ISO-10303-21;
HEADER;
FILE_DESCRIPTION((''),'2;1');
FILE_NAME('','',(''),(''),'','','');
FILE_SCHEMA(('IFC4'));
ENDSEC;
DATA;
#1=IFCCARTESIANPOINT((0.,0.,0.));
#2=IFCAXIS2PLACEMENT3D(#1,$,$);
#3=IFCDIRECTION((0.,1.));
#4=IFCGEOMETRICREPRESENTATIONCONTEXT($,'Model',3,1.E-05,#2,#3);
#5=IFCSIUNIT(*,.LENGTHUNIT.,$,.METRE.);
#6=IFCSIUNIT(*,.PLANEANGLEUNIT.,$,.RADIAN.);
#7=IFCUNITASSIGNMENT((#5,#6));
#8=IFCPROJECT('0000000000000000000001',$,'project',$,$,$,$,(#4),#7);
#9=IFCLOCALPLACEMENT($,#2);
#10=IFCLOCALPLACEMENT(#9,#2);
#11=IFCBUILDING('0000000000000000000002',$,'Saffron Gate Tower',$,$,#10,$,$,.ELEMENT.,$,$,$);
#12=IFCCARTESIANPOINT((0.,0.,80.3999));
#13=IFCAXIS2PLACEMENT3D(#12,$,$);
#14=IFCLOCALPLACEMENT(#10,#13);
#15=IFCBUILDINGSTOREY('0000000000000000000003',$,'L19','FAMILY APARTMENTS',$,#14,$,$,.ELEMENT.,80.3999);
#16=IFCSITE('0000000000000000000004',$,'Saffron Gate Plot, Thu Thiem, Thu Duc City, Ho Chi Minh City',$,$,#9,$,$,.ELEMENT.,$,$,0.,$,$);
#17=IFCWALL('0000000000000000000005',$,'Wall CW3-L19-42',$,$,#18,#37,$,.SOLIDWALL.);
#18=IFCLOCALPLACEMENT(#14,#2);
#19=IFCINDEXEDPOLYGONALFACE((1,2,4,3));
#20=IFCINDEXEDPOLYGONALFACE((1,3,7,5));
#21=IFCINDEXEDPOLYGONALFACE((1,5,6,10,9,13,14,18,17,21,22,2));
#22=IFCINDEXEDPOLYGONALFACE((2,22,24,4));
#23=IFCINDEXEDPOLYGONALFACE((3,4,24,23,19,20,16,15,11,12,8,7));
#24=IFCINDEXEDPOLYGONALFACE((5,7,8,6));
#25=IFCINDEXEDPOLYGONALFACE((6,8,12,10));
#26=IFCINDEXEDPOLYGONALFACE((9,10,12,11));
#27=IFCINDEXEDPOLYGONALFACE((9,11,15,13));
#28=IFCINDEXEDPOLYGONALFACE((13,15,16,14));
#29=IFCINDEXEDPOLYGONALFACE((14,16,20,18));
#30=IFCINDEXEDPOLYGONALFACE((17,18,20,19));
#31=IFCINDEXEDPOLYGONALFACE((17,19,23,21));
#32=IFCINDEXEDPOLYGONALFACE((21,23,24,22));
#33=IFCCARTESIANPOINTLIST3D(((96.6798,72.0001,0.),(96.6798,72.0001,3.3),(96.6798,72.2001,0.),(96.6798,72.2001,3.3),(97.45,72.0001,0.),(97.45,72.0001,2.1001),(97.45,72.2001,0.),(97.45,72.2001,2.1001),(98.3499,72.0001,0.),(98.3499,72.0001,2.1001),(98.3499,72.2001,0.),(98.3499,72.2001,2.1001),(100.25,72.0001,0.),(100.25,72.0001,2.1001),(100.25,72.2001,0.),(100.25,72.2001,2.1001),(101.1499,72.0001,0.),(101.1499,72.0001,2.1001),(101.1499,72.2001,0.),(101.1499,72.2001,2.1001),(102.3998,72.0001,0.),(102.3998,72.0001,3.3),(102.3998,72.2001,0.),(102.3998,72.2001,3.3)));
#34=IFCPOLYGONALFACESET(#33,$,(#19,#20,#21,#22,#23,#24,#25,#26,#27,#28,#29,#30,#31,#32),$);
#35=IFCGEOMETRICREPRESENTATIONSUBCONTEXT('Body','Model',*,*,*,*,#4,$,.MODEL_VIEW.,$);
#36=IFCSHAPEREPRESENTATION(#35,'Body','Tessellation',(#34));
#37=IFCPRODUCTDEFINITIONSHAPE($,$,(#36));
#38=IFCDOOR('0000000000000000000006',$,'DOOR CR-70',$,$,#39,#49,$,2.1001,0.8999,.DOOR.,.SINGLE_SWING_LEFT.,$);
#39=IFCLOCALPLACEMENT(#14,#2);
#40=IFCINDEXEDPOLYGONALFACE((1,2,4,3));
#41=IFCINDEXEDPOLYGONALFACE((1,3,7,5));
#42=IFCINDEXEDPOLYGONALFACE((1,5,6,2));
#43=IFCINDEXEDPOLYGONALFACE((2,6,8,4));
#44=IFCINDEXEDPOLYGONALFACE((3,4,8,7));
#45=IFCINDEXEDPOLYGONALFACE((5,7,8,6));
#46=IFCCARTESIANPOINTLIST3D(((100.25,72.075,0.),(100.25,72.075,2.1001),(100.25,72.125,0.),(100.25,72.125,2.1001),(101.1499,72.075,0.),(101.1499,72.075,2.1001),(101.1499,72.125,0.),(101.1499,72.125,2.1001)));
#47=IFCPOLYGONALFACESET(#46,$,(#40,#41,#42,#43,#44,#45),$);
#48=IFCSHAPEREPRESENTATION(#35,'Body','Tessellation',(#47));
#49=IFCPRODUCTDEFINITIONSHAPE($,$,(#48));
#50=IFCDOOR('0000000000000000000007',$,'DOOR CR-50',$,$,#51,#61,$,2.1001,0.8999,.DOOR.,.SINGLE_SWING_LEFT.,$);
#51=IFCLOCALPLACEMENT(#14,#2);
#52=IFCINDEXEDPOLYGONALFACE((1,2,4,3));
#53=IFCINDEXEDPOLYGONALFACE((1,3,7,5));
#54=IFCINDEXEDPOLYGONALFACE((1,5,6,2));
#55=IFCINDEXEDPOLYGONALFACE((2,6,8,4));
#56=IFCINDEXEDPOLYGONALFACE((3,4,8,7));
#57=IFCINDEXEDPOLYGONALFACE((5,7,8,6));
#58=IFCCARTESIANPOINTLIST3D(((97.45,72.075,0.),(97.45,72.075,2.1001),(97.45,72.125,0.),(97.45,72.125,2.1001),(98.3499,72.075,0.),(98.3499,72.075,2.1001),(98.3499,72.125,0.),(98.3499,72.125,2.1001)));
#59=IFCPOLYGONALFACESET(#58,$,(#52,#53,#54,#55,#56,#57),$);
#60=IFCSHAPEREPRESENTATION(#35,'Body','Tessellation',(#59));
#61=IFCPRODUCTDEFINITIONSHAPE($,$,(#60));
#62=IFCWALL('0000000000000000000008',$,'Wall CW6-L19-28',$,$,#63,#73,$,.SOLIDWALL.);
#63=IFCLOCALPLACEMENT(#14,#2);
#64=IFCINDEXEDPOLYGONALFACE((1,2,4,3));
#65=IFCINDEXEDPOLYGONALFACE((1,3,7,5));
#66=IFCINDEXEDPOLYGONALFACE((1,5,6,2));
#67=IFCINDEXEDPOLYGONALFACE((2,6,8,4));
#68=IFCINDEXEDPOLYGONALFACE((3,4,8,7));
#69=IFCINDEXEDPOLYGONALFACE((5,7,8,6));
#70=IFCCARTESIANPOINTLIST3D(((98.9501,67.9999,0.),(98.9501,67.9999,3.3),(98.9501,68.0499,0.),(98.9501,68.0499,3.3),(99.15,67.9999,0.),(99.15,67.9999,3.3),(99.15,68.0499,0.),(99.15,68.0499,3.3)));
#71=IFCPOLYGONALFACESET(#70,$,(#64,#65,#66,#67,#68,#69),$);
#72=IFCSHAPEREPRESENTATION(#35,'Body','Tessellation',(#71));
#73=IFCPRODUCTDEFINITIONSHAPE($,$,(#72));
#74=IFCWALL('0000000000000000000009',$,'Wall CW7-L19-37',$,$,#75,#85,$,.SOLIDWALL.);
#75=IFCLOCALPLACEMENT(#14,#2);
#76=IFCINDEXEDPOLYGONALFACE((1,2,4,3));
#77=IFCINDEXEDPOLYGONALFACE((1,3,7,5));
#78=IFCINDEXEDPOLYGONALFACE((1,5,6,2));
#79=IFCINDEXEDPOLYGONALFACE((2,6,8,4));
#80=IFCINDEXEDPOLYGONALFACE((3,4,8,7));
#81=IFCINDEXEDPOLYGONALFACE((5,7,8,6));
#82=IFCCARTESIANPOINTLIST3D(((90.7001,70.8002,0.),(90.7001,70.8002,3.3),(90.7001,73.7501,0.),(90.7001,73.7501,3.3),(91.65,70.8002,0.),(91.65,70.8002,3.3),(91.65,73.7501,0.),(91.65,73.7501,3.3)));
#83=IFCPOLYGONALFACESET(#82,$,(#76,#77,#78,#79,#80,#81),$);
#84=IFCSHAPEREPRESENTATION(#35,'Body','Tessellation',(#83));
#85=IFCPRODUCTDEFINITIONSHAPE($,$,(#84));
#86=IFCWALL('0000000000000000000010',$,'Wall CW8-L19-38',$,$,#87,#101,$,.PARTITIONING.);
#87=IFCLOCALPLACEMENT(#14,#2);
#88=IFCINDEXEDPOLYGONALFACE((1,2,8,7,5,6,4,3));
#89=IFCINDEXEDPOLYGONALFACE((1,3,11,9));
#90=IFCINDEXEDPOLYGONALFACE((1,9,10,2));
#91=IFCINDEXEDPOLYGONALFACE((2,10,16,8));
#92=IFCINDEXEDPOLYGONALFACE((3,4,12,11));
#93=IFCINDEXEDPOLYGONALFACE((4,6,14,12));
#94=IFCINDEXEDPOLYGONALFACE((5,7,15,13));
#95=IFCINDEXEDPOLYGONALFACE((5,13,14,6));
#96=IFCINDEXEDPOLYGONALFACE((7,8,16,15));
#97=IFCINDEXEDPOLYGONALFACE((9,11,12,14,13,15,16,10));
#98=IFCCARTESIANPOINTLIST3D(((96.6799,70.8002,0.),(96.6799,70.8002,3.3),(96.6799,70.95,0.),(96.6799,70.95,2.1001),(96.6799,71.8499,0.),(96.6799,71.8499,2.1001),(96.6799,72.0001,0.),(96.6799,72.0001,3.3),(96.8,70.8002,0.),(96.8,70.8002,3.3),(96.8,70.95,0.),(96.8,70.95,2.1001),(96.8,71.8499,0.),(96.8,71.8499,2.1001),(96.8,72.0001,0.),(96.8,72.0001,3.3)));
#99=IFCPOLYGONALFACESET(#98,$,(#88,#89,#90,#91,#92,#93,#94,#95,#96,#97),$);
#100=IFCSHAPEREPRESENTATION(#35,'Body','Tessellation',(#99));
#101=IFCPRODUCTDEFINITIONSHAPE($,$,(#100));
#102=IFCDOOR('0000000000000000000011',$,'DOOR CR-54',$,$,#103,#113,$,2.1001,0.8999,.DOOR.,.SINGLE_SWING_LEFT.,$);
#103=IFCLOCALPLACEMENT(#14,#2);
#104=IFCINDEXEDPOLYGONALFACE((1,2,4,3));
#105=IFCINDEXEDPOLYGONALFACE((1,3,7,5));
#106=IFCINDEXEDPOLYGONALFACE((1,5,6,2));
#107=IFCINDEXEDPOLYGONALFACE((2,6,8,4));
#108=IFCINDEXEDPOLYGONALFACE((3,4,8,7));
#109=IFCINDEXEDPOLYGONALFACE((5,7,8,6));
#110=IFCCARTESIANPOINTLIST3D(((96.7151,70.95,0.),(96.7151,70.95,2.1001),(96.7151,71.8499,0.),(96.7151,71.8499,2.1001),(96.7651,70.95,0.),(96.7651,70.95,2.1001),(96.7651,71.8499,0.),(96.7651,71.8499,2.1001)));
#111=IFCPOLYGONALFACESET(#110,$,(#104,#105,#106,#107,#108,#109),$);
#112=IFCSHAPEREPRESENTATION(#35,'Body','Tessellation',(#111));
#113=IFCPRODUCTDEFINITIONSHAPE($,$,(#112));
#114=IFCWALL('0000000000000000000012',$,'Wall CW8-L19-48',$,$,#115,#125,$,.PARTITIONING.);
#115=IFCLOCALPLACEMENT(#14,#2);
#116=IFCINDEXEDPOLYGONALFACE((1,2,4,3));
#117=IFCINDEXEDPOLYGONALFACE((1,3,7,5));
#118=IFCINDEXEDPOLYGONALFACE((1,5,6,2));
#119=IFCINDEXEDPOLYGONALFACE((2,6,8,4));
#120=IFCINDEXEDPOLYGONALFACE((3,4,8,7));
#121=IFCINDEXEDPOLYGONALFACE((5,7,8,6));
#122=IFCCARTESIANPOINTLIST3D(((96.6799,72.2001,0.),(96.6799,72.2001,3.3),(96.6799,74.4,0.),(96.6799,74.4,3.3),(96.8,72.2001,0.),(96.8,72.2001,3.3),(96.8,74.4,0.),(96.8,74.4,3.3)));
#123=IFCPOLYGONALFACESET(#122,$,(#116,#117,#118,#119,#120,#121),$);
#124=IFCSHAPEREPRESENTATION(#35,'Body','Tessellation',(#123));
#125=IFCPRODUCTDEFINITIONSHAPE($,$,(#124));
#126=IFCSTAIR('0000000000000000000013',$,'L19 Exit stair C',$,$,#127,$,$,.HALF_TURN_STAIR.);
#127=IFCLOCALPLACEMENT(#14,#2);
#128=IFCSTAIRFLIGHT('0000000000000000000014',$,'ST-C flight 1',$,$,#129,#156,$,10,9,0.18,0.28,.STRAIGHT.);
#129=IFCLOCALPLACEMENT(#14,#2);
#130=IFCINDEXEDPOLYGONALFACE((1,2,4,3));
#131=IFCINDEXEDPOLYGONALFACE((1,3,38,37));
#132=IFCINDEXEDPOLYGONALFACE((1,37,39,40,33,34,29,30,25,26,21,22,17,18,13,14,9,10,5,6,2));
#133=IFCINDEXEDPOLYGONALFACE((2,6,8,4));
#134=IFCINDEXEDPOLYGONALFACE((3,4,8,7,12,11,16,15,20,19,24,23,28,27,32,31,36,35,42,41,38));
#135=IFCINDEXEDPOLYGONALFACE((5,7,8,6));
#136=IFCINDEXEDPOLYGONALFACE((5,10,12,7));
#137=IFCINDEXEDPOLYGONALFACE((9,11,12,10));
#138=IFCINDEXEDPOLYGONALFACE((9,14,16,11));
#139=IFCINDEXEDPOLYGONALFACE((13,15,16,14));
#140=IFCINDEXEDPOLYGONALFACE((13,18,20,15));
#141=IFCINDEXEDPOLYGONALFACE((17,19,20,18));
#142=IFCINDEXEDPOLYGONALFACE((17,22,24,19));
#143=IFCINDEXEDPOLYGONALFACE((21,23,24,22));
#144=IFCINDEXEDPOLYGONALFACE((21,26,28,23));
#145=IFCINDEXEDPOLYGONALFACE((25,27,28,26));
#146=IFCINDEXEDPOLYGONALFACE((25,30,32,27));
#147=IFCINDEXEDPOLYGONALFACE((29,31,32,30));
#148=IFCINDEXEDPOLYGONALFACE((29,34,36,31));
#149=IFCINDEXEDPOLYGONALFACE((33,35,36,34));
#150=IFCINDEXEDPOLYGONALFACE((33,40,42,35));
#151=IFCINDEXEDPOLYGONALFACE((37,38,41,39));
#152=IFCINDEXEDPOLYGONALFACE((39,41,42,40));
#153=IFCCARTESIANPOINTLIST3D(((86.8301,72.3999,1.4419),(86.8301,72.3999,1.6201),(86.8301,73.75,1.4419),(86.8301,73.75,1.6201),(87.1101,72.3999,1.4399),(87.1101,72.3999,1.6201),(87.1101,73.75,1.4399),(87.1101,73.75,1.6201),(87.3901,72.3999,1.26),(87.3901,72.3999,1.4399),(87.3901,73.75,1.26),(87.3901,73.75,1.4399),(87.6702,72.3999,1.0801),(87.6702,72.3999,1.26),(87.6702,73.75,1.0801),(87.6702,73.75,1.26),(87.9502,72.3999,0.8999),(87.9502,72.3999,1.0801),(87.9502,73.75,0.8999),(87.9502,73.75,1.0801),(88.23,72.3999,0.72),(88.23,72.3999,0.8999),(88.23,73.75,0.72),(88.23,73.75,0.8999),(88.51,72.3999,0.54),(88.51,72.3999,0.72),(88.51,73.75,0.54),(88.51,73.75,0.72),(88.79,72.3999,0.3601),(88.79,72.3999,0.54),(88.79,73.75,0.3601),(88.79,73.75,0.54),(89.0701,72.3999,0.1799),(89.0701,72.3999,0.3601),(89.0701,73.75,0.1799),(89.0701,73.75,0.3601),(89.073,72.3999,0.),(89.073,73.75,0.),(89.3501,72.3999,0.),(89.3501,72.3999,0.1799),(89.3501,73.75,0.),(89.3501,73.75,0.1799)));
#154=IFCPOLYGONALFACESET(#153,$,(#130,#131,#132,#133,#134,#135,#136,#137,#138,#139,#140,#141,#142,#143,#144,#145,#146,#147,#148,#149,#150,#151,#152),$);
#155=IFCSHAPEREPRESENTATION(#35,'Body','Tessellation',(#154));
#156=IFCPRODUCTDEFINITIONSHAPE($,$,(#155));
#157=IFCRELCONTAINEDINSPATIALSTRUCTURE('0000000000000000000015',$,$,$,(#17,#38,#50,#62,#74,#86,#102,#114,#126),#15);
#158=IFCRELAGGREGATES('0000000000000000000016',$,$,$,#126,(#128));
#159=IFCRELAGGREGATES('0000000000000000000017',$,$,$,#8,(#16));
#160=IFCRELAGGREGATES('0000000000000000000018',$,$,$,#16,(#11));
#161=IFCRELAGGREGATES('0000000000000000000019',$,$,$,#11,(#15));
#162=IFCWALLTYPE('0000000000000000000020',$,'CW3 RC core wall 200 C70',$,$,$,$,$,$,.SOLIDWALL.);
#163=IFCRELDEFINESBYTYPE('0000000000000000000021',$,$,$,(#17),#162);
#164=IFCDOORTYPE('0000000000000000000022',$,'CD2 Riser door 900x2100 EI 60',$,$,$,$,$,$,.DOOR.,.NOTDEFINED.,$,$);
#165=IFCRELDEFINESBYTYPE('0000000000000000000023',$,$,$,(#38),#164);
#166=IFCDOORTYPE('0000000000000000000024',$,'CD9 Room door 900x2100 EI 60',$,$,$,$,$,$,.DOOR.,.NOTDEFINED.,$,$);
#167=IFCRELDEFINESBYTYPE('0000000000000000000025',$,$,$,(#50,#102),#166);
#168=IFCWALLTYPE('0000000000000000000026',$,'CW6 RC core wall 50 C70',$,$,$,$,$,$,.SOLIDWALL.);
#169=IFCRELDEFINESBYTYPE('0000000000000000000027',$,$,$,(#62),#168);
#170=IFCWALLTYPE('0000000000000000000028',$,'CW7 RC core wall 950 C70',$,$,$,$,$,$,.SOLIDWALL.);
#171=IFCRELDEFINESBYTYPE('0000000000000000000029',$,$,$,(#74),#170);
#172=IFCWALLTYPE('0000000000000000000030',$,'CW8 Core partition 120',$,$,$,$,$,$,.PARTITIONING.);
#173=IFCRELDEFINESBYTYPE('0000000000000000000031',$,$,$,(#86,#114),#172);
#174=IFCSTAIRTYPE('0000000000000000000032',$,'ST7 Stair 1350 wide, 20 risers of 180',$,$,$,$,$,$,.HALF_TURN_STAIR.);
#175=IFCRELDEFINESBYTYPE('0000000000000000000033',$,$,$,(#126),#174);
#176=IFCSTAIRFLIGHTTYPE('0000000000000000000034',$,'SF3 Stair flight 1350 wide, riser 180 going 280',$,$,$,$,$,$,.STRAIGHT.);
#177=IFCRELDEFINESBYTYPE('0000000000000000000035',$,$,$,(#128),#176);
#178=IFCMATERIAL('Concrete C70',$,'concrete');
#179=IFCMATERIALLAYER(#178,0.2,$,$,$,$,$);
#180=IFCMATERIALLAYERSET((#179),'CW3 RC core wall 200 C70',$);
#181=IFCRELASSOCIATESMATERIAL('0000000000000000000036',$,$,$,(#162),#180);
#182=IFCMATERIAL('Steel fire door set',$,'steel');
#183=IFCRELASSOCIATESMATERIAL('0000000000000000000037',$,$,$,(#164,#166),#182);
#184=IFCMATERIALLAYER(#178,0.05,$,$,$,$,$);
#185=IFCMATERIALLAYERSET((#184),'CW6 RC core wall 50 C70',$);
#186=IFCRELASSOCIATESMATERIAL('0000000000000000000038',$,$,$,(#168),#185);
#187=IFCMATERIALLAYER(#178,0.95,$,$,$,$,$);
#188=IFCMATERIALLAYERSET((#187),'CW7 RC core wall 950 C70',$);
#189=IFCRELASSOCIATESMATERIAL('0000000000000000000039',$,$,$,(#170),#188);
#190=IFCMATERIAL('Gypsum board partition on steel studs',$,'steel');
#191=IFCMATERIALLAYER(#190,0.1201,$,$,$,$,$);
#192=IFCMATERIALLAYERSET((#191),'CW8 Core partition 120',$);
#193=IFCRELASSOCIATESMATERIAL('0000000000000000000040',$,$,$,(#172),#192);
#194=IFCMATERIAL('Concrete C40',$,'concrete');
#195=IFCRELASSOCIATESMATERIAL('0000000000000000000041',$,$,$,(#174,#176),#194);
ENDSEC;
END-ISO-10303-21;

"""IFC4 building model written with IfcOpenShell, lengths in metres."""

from ifc_helpers import new_model, si_unit, direction, frame, frame_2d, origin, place, context, subcontext, project, spatial, polyline, rectangle, outline, extrude, material, layer, layer_set, type_object, element, fill, aggregate, save


model = new_model("IFC4")

# Units and contexts
model_context = context("Model", 3, precision=1e-05, world=origin(), true_north=direction((0.0, 1.0)))
body_context = subcontext(model_context, "Body", "Model", "MODEL_VIEW")
ifc_project = project(units=[si_unit("LENGTHUNIT", "METRE"), si_unit("PLANEANGLEUNIT", "RADIAN")], contexts=[model_context])

# Site, building, storey
site_placement = place(None, origin())
site = spatial("IfcSite", under=ifc_project, at=site_placement, Name="Saffron Gate Plot, Thu Thiem, Thu Duc City, Ho Chi Minh City", CompositionType="ELEMENT", RefElevation=0.0)
building_placement = place(site_placement, origin())
building = spatial("IfcBuilding", under=site, at=building_placement, Name="Saffron Gate Tower", CompositionType="ELEMENT")
storey_placement = place(building_placement, frame((0.0, 0.0, 80.3999)))
storey = spatial("IfcBuildingStorey", under=building, at=storey_placement, Name="L19", Description="FAMILY APARTMENTS", CompositionType="ELEMENT", Elevation=80.3999)

# Shared definitions
ifc_material_1 = material(Name="Gypsum board partition on steel studs", Category="steel")
ifc_material_2 = material(Name="Concrete C70", Category="concrete")

# Shared definitions
ifc_material_3 = material(Name="Steel fire door set", Category="steel")

# Shared definitions
ifc_layer_1 = layer(ifc_material_2, 0.2)
ifc_layer_set_1 = layer_set([ifc_layer_1], Name="CW3 RC core wall 200 C70")
wall_type_1 = type_object("IfcWallType", Name="CW3 RC core wall 200 C70", PredefinedType="SOLIDWALL", material=ifc_layer_set_1)

# Shared definitions
door_type_1 = type_object("IfcDoorType", Name="CD2 Riser door 900x2100 EI 60", OperationType="NOTDEFINED", PredefinedType="DOOR", material=ifc_material_3)

# Wall, openings, doors
wall_1_placement = place(storey_placement, frame((96.6799, 72.1001, 0.0), z_axis=(0.0, 0.0, 1.0), x_axis=(1.0, 0.0, 0.0)))
wall_1 = element("IfcWall", 1, at=wall_1_placement, inside=storey, type_object=wall_type_1, Name="Wall CW3-L19-42", PredefinedType="SOLIDWALL", context=body_context, shape_type="SweptSolid", body=[
    extrude(rectangle(XDim=5.72, YDim=0.2, at=frame_2d((2.8599, 0.0))), origin(), (0.0, 0.0, 1.0), 3.3),
])
opening_1_placement = place(wall_1_placement, frame((0.77, 0.0, 0.0)))
opening_1 = element("IfcOpeningElement", 2, at=opening_1_placement, cuts=wall_1, PredefinedType="OPENING", context=body_context, shape_type="SweptSolid", body=[
    extrude(rectangle(XDim=0.8999, YDim=2.1001, at=frame_2d((0.45, 1.05))), frame((0.0, 0.1099, 0.0), z_axis=(0.0, -1.0, 0.0), x_axis=(1.0, 0.0, 0.0)), (0.0, 0.0, 1.0), 0.22),
])
opening_2_placement = place(wall_1_placement, frame((3.5701, 0.0, 0.0)))
opening_2 = element("IfcOpeningElement", 3, at=opening_2_placement, cuts=wall_1, PredefinedType="OPENING", context=body_context, shape_type="SweptSolid", body=[
    extrude(rectangle(XDim=0.8999, YDim=2.1001, at=frame_2d((0.45, 1.05))), frame((0.0, 0.1099, 0.0), z_axis=(0.0, -1.0, 0.0), x_axis=(1.0, 0.0, 0.0)), (0.0, 0.0, 1.0), 0.22),
])
door_1_placement = place(opening_2_placement, origin())
door_1 = element("IfcDoor", 4, at=door_1_placement, inside=storey, type_object=door_type_1, Name="DOOR CR-70", OperationType="SINGLE_SWING_LEFT", OverallHeight=2.1001, OverallWidth=0.8999, PredefinedType="DOOR", context=body_context, shape_type="SweptSolid", body=[
    extrude(rectangle(XDim=0.8999, YDim=2.1001, at=frame_2d((0.45, 1.05))), frame((0.0, 0.0249, 0.0), z_axis=(0.0, -1.0, 0.0), x_axis=(1.0, 0.0, 0.0)), (0.0, 0.0, 1.0), 0.05),
])
fill(opening_2, door_1)
door_type_2 = type_object("IfcDoorType", Name="CD9 Room door 900x2100 EI 60", OperationType="NOTDEFINED", PredefinedType="DOOR", material=ifc_material_3)
door_2_placement = place(opening_1_placement, origin())
door_2 = element("IfcDoor", 5, at=door_2_placement, inside=storey, type_object=door_type_2, Name="DOOR CR-50", OperationType="SINGLE_SWING_LEFT", OverallHeight=2.1001, OverallWidth=0.8999, PredefinedType="DOOR", context=body_context, shape_type="SweptSolid", body=[
    extrude(rectangle(XDim=0.8999, YDim=2.1001, at=frame_2d((0.45, 1.05))), frame((0.0, 0.0249, 0.0), z_axis=(0.0, -1.0, 0.0), x_axis=(1.0, 0.0, 0.0)), (0.0, 0.0, 1.0), 0.05),
])
fill(opening_1, door_2)

# Walls
ifc_layer_2 = layer(ifc_material_2, 0.05)
ifc_layer_set_2 = layer_set([ifc_layer_2], Name="CW6 RC core wall 50 C70")
wall_type_2 = type_object("IfcWallType", Name="CW6 RC core wall 50 C70", PredefinedType="SOLIDWALL", material=ifc_layer_set_2)
wall_2_placement = place(storey_placement, frame((98.95, 68.0249, 0.0), z_axis=(0.0, 0.0, 1.0), x_axis=(1.0, 0.0, 0.0)))
element("IfcWall", 6, at=wall_2_placement, inside=storey, type_object=wall_type_2, Name="Wall CW6-L19-28", PredefinedType="SOLIDWALL", context=body_context, shape_type="SweptSolid", body=[
    extrude(rectangle(XDim=0.2, YDim=0.05, at=frame_2d((0.1001, 0.0))), origin(), (0.0, 0.0, 1.0), 3.3),
])
ifc_layer_3 = layer(ifc_material_2, 0.95)
ifc_layer_set_3 = layer_set([ifc_layer_3], Name="CW7 RC core wall 950 C70")
wall_type_3 = type_object("IfcWallType", Name="CW7 RC core wall 950 C70", PredefinedType="SOLIDWALL", material=ifc_layer_set_3)
wall_3_placement = place(storey_placement, frame((91.175, 70.8, 0.0), z_axis=(0.0, 0.0, 1.0), x_axis=(0.0, 1.0, 0.0)))
element("IfcWall", 7, at=wall_3_placement, inside=storey, type_object=wall_type_3, Name="Wall CW7-L19-37", PredefinedType="SOLIDWALL", context=body_context, shape_type="SweptSolid", body=[
    extrude(rectangle(XDim=2.95, YDim=0.95, at=frame_2d((1.4751, 0.0))), origin(), (0.0, 0.0, 1.0), 3.3),
])

# Wall, opening, door
ifc_layer_4 = layer(ifc_material_1, 0.1201)
ifc_layer_set_4 = layer_set([ifc_layer_4], Name="CW8 Core partition 120")
wall_type_4 = type_object("IfcWallType", Name="CW8 Core partition 120", PredefinedType="PARTITIONING", material=ifc_layer_set_4)
wall_4_placement = place(storey_placement, frame((96.74, 70.8, 0.0), z_axis=(0.0, 0.0, 1.0), x_axis=(0.0, 1.0, 0.0)))
wall_4 = element("IfcWall", 8, at=wall_4_placement, inside=storey, type_object=wall_type_4, Name="Wall CW8-L19-38", PredefinedType="PARTITIONING", context=body_context, shape_type="SweptSolid", body=[
    extrude(rectangle(XDim=1.2, YDim=0.1201, at=frame_2d((0.6001, 0.0))), origin(), (0.0, 0.0, 1.0), 3.3),
])
opening_3_placement = place(wall_4_placement, frame((0.1499, 0.0, 0.0)))
opening_3 = element("IfcOpeningElement", 9, at=opening_3_placement, cuts=wall_4, PredefinedType="OPENING", context=body_context, shape_type="SweptSolid", body=[
    extrude(rectangle(XDim=0.8999, YDim=2.1001, at=frame_2d((0.45, 1.05))), frame((0.0, 0.0701, 0.0), z_axis=(0.0, -1.0, 0.0), x_axis=(1.0, 0.0, 0.0)), (0.0, 0.0, 1.0), 0.1401),
])
door_3_placement = place(opening_3_placement, origin())
door_3 = element("IfcDoor", 10, at=door_3_placement, inside=storey, type_object=door_type_2, Name="DOOR CR-54", OperationType="SINGLE_SWING_LEFT", OverallHeight=2.1001, OverallWidth=0.8999, PredefinedType="DOOR", context=body_context, shape_type="SweptSolid", body=[
    extrude(rectangle(XDim=0.8999, YDim=2.1001, at=frame_2d((0.45, 1.05))), frame((0.0, 0.0249, 0.0), z_axis=(0.0, -1.0, 0.0), x_axis=(1.0, 0.0, 0.0)), (0.0, 0.0, 1.0), 0.05),
])
fill(opening_3, door_3)

# Wall
wall_5_placement = place(storey_placement, frame((96.74, 72.2, 0.0), z_axis=(0.0, 0.0, 1.0), x_axis=(0.0, 1.0, 0.0)))
element("IfcWall", 11, at=wall_5_placement, inside=storey, type_object=wall_type_4, Name="Wall CW8-L19-48", PredefinedType="PARTITIONING", context=body_context, shape_type="SweptSolid", body=[
    extrude(rectangle(XDim=2.2, YDim=0.1201, at=frame_2d((1.1001, 0.0))), origin(), (0.0, 0.0, 1.0), 3.3),
])

# Stair, stair flight
ifc_material_4 = material(Name="Concrete C40", Category="concrete")
stair_type = type_object("IfcStairType", Name="ST7 Stair 1350 wide, 20 risers of 180", PredefinedType="HALF_TURN_STAIR", material=ifc_material_4)
stair_placement = place(storey_placement, origin())
stair = element("IfcStair", 12, at=stair_placement, inside=storey, type_object=stair_type, Name="L19 Exit stair C", PredefinedType="HALF_TURN_STAIR")
stair_flight_type = type_object("IfcStairFlightType", Name="SF3 Stair flight 1350 wide, riser 180 going 280", PredefinedType="STRAIGHT", material=ifc_material_4)
stair_flight_1_placement = place(storey_placement, frame((89.3501, 73.075, 0.0), z_axis=(0.0, 0.0, 1.0), x_axis=(-1.0, 0.0, 0.0)))
stair_flight_1 = element("IfcStairFlight", 13, at=stair_flight_1_placement, type_object=stair_flight_type, Name="ST-C flight 1", NumberOfRisers=10, NumberOfTreads=9, PredefinedType="STRAIGHT", RiserHeight=0.18, TreadLength=0.28, context=body_context, shape_type="SweptSolid", body=[
    extrude(outline(polyline([(0.0, 0.0), (0.0, 0.1799), (0.28, 0.1799), (0.28, 0.3601), (0.5601, 0.3601), (0.5601, 0.54), (0.8401, 0.54), (0.8401, 0.72), (1.1201, 0.72), (1.1201, 0.8999), (1.3999, 0.8999), (1.3999, 1.0801), (1.6799, 1.0801), (1.6799, 1.26), (1.96, 1.26), (1.96, 1.4399), (2.24, 1.4399), (2.24, 1.6201), (2.52, 1.6201), (2.52, 1.8), (2.52, 1.4419), (0.2771, 0.0), (0.0, 0.0)])), frame((0.0, 0.675, 0.0), z_axis=(0.0, -1.0, 0.0), x_axis=(1.0, 0.0, 0.0)), (0.0, 0.0, 1.0), 1.3501),
])
aggregate(stair, [stair_flight_1])

save(model, "model.ifc")
